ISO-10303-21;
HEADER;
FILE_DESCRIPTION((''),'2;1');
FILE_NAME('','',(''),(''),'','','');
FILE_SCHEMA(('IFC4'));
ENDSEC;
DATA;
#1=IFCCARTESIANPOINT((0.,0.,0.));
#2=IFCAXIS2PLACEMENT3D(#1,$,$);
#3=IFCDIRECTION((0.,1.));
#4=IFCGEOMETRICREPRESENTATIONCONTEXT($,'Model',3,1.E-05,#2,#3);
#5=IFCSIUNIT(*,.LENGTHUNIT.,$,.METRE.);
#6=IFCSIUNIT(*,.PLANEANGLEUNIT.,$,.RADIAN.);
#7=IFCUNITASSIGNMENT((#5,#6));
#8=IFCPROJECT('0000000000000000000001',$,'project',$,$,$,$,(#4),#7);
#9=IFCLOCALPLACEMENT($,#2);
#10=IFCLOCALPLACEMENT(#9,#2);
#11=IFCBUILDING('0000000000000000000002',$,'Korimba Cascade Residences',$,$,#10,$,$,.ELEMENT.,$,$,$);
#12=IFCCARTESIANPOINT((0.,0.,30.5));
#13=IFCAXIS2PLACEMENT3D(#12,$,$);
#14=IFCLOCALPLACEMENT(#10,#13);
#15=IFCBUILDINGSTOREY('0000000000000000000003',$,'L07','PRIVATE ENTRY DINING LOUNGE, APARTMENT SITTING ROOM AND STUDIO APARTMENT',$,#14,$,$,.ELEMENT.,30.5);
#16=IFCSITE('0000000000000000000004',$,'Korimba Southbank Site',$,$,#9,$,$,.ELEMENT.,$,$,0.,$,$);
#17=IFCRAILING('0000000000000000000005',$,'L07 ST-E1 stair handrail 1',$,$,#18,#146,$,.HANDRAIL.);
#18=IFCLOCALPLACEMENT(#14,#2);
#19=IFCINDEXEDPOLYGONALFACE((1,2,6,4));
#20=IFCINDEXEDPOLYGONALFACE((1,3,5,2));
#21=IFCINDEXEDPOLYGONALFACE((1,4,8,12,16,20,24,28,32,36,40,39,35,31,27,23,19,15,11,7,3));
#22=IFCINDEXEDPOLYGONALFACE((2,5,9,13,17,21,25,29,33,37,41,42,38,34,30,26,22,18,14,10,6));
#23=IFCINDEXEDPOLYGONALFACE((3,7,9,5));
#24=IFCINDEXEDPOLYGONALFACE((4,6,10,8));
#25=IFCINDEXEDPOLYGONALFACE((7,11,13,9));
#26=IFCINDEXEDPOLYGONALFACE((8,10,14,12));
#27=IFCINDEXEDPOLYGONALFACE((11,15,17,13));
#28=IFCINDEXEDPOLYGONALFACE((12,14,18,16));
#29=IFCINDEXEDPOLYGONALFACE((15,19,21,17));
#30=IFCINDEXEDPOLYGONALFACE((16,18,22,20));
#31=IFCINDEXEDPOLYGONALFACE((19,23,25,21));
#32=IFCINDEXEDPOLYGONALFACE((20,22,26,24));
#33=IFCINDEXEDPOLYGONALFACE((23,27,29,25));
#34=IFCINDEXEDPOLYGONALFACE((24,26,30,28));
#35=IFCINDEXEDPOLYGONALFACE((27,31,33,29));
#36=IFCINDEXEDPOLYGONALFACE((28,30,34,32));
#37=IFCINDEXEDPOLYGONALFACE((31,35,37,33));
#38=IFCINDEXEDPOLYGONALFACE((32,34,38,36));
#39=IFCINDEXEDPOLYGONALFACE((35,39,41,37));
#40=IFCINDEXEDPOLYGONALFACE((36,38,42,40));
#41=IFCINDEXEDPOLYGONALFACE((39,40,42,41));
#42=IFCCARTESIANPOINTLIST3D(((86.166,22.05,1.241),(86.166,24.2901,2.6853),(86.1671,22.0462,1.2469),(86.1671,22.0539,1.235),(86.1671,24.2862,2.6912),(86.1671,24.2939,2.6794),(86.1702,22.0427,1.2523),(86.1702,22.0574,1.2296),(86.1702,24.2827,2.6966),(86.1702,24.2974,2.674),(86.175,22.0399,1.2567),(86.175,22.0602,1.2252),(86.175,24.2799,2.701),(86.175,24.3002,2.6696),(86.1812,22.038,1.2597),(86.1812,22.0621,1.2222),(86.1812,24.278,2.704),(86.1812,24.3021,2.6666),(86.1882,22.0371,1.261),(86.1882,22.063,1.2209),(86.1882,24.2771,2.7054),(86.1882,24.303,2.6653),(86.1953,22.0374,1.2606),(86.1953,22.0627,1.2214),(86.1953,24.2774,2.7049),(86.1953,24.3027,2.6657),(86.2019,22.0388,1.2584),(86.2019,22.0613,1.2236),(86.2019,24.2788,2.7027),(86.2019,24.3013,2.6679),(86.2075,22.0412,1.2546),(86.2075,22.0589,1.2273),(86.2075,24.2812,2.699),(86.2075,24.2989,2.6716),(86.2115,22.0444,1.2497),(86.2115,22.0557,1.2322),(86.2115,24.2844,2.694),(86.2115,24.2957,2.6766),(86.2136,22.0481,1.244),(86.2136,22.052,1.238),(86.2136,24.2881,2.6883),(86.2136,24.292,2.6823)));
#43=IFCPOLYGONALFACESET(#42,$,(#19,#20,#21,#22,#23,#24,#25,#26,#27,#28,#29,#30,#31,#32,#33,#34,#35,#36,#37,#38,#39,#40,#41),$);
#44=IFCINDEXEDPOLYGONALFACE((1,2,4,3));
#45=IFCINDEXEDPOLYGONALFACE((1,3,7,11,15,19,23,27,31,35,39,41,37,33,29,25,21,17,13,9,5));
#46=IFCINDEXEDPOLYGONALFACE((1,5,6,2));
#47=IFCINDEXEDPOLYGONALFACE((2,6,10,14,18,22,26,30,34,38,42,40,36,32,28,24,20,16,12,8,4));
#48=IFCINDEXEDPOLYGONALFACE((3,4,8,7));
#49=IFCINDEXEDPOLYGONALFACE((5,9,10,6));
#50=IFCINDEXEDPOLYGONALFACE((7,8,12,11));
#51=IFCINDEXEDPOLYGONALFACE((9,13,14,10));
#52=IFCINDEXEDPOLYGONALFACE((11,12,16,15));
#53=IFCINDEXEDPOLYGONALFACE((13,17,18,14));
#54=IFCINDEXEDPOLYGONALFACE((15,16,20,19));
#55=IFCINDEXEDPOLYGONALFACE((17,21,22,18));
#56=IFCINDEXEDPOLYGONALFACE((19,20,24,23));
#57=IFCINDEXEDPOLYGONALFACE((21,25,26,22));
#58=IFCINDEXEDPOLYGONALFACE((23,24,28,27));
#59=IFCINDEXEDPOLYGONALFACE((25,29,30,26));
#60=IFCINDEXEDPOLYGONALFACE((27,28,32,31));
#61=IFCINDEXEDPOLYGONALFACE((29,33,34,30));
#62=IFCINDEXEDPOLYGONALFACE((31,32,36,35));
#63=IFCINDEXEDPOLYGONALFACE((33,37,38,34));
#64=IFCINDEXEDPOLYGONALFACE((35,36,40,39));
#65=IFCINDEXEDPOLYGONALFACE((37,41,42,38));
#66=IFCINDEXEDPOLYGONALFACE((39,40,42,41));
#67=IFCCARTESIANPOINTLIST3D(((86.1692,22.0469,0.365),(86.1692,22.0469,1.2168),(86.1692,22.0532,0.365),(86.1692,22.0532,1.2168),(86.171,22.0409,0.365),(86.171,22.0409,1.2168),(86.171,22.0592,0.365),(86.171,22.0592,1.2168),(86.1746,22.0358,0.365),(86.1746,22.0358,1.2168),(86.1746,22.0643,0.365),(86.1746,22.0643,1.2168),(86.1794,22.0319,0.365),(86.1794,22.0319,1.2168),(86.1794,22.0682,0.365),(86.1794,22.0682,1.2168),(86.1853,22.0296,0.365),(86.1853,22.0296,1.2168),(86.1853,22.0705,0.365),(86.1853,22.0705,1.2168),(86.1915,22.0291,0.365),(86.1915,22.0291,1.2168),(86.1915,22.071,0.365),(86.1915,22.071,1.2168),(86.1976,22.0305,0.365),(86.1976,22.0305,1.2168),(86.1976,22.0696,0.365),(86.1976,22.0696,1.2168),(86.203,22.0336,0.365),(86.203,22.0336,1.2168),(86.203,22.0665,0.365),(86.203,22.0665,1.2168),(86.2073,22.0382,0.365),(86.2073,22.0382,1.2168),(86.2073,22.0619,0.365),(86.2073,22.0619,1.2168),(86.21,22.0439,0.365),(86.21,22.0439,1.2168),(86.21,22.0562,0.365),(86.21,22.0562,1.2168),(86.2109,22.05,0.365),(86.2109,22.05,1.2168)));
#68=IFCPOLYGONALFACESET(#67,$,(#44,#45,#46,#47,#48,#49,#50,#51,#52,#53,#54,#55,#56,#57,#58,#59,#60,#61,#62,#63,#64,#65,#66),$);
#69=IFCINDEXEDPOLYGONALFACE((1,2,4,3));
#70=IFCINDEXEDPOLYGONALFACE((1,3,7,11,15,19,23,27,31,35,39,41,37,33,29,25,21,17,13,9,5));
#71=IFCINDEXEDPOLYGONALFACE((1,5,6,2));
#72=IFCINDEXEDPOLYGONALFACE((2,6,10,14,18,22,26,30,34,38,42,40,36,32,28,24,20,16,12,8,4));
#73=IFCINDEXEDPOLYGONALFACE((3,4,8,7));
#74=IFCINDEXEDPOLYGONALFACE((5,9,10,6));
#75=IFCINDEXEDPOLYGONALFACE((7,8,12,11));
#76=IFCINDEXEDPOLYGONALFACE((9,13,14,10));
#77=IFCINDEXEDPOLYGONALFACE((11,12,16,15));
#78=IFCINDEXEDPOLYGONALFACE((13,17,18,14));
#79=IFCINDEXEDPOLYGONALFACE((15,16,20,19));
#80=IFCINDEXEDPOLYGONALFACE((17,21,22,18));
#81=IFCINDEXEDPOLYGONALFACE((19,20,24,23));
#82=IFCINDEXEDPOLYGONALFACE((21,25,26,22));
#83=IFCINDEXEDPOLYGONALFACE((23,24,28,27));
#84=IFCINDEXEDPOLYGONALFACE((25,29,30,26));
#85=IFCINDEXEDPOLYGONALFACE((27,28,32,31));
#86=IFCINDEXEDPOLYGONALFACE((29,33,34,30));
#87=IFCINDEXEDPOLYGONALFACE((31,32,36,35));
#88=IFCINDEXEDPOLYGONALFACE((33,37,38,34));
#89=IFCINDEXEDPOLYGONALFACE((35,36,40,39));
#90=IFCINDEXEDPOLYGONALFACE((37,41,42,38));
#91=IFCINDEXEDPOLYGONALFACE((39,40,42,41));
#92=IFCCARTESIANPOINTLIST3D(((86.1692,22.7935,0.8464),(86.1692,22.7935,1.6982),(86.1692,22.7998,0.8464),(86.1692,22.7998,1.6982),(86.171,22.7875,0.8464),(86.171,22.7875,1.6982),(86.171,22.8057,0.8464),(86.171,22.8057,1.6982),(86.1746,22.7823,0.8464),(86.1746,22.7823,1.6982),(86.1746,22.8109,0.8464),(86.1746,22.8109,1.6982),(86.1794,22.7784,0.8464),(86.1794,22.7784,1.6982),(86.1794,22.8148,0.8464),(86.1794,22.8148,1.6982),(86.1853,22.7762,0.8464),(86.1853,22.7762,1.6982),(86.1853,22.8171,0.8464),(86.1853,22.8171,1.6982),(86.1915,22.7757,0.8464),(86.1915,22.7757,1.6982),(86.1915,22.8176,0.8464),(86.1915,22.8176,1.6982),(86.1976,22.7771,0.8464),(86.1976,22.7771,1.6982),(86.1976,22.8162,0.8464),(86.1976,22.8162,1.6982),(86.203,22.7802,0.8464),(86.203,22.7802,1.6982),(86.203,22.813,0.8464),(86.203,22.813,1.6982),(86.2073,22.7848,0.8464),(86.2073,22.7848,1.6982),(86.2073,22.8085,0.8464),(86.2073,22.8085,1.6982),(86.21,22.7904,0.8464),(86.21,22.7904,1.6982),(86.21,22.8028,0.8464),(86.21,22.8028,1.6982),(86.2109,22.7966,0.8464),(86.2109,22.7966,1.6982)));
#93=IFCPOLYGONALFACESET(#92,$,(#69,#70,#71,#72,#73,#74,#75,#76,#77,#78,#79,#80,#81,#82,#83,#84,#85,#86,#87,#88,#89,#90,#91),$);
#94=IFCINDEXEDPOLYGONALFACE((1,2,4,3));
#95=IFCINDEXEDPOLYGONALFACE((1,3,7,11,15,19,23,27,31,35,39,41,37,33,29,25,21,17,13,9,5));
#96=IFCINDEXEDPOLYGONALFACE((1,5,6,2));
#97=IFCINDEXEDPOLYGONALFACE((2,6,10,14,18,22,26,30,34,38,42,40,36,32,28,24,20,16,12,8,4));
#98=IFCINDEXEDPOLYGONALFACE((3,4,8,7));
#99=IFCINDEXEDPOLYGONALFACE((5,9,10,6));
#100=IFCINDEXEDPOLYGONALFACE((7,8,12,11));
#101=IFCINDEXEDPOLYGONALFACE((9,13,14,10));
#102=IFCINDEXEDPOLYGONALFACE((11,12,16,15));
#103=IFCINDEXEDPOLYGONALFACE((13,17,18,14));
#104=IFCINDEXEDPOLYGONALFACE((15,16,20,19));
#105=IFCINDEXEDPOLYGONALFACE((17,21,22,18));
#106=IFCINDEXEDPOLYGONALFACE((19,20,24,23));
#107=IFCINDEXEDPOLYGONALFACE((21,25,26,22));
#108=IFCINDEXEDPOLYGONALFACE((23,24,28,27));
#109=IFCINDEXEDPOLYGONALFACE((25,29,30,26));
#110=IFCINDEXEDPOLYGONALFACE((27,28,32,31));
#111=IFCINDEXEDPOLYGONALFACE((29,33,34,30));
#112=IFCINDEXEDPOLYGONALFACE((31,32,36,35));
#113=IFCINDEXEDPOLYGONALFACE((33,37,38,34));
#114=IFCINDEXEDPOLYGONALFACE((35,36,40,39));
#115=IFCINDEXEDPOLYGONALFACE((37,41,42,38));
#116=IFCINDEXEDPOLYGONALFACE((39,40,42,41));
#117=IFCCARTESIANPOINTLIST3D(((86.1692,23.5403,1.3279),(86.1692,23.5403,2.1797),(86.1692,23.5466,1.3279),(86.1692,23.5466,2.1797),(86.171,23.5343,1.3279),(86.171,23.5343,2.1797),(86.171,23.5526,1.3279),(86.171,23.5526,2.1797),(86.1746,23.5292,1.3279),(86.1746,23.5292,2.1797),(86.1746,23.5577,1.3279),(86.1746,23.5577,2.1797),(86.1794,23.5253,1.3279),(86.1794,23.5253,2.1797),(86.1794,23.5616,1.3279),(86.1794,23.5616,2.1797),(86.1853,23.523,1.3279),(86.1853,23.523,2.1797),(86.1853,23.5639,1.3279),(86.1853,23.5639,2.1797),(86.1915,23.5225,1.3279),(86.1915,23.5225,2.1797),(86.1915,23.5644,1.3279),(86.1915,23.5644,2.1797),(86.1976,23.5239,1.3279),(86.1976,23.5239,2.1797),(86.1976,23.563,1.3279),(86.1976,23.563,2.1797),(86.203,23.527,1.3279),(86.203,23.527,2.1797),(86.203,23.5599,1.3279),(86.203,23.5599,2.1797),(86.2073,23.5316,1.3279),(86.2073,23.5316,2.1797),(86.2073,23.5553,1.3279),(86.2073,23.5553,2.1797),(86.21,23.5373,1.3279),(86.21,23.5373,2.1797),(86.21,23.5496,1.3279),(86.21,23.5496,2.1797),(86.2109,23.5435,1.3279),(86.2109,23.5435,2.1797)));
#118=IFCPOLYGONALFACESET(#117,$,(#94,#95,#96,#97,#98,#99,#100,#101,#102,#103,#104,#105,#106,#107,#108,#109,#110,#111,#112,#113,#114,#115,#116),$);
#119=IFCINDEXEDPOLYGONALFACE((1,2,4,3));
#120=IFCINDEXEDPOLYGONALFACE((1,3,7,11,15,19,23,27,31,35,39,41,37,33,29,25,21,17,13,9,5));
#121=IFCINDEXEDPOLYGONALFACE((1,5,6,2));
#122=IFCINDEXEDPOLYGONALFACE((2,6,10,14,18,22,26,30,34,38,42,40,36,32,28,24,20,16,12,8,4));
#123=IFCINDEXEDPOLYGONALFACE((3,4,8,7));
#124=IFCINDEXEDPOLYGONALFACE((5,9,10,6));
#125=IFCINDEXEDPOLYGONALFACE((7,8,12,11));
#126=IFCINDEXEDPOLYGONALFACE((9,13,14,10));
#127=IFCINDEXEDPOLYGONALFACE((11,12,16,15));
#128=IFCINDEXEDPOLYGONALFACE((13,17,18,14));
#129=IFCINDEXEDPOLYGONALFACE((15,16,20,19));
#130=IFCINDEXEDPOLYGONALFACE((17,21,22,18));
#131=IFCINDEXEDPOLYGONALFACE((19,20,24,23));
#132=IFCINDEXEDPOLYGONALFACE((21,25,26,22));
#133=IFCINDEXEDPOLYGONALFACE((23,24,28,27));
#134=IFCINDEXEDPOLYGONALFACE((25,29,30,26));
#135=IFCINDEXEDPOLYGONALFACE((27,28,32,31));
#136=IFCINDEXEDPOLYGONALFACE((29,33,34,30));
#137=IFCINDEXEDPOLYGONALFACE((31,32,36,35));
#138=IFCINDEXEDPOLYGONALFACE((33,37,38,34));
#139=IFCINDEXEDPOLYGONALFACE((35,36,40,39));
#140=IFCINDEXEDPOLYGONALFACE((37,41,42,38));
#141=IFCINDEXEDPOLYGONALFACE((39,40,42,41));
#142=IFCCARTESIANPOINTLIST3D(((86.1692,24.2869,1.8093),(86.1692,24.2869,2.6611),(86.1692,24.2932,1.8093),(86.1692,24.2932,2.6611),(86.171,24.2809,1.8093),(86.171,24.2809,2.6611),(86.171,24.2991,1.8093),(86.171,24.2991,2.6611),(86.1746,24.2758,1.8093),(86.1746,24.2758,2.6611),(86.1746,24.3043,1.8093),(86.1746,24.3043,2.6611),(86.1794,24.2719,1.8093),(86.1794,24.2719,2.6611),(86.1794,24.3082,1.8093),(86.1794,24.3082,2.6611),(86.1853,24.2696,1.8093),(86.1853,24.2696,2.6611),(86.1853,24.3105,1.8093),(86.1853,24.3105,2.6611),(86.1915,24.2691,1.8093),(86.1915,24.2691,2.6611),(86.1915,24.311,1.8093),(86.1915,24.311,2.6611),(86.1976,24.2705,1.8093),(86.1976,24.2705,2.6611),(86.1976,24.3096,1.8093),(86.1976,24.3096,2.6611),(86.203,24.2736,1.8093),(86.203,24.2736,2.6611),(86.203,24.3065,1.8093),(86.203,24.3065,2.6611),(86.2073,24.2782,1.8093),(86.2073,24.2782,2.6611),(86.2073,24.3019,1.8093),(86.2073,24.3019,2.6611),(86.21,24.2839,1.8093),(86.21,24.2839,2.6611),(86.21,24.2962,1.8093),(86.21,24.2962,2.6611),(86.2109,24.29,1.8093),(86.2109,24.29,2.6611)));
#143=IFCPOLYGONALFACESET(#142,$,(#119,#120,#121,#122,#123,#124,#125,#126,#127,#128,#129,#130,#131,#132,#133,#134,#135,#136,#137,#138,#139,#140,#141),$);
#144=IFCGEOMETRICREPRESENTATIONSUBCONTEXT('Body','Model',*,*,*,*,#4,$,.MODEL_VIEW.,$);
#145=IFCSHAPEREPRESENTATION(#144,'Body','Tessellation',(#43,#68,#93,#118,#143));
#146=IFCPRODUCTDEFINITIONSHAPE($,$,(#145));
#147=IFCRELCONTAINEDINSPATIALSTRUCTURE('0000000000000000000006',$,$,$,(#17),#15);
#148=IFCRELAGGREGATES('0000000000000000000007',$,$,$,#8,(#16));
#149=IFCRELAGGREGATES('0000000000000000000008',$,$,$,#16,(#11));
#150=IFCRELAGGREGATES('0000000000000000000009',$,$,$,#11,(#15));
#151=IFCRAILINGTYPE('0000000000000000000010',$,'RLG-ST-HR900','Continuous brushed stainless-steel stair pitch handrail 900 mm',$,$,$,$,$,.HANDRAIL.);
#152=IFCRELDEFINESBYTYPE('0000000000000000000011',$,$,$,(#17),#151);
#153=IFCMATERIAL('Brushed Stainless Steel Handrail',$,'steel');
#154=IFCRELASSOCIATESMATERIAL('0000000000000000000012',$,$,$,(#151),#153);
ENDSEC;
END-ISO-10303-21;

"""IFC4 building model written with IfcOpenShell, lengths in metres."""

from ifc_helpers import new_model, si_unit, direction, frame, origin, origin_2d, place, context, subcontext, project, spatial, circle, extrude, material, type_object, element, save


model = new_model("IFC4")

# Units and contexts
model_context = context("Model", 3, precision=1e-05, world=origin(), true_north=direction((0.0, 1.0)))
body_context = subcontext(model_context, "Body", "Model", "MODEL_VIEW")
ifc_project = project(units=[si_unit("LENGTHUNIT", "METRE"), si_unit("PLANEANGLEUNIT", "RADIAN")], contexts=[model_context])

# Site, building, storey
site_placement = place(None, origin())
site = spatial("IfcSite", under=ifc_project, at=site_placement, Name="Korimba Southbank Site", CompositionType="ELEMENT", RefElevation=0.0)
building_placement = place(site_placement, origin())
building = spatial("IfcBuilding", under=site, at=building_placement, Name="Korimba Cascade Residences", CompositionType="ELEMENT")
storey_placement = place(building_placement, frame((0.0, 0.0, 30.5)))
storey = spatial("IfcBuildingStorey", under=building, at=storey_placement, Name="L07", Description="PRIVATE ENTRY DINING LOUNGE, APARTMENT SITTING ROOM AND STUDIO APARTMENT", CompositionType="ELEMENT", Elevation=30.5)

# Railing
ifc_material_1 = material(Name="Brushed Stainless Steel Handrail", Category="steel")
railing_type_1 = type_object("IfcRailingType", Name="RLG-ST-HR900", Description="Continuous brushed stainless-steel stair pitch handrail 900 mm", PredefinedType="HANDRAIL", material=ifc_material_1)
railing_1_placement = place(storey_placement, frame((86.1899, 22.05, 0.365)))
element("IfcRailing", 1, at=railing_1_placement, inside=storey, type_object=railing_type_1, Name="L07 ST-E1 stair handrail 1", PredefinedType="HANDRAIL", context=body_context, shape_type="SweptSolid", body=[
    extrude(circle(Radius=0.0239, at=origin_2d()), frame((0.0, 0.0, 0.876), z_axis=(0.0, 0.840437, 0.54191), x_axis=(-1.0, 0.0, 0.0)), (0.0, 0.0, 1.0), 2.6653),
    extrude(circle(Radius=0.021, at=origin_2d()), origin(), (0.0, 0.0, 1.0), 0.8518),
    extrude(circle(Radius=0.021, at=origin_2d()), frame((0.0, 0.7466, 0.4814)), (0.0, 0.0, 1.0), 0.8518),
    extrude(circle(Radius=0.021, at=origin_2d()), frame((0.0, 1.4934, 0.9629)), (0.0, 0.0, 1.0), 0.8518),
    extrude(circle(Radius=0.021, at=origin_2d()), frame((0.0, 2.24, 1.4443)), (0.0, 0.0, 1.0), 0.8518),
])

save(model, "model.ifc")
